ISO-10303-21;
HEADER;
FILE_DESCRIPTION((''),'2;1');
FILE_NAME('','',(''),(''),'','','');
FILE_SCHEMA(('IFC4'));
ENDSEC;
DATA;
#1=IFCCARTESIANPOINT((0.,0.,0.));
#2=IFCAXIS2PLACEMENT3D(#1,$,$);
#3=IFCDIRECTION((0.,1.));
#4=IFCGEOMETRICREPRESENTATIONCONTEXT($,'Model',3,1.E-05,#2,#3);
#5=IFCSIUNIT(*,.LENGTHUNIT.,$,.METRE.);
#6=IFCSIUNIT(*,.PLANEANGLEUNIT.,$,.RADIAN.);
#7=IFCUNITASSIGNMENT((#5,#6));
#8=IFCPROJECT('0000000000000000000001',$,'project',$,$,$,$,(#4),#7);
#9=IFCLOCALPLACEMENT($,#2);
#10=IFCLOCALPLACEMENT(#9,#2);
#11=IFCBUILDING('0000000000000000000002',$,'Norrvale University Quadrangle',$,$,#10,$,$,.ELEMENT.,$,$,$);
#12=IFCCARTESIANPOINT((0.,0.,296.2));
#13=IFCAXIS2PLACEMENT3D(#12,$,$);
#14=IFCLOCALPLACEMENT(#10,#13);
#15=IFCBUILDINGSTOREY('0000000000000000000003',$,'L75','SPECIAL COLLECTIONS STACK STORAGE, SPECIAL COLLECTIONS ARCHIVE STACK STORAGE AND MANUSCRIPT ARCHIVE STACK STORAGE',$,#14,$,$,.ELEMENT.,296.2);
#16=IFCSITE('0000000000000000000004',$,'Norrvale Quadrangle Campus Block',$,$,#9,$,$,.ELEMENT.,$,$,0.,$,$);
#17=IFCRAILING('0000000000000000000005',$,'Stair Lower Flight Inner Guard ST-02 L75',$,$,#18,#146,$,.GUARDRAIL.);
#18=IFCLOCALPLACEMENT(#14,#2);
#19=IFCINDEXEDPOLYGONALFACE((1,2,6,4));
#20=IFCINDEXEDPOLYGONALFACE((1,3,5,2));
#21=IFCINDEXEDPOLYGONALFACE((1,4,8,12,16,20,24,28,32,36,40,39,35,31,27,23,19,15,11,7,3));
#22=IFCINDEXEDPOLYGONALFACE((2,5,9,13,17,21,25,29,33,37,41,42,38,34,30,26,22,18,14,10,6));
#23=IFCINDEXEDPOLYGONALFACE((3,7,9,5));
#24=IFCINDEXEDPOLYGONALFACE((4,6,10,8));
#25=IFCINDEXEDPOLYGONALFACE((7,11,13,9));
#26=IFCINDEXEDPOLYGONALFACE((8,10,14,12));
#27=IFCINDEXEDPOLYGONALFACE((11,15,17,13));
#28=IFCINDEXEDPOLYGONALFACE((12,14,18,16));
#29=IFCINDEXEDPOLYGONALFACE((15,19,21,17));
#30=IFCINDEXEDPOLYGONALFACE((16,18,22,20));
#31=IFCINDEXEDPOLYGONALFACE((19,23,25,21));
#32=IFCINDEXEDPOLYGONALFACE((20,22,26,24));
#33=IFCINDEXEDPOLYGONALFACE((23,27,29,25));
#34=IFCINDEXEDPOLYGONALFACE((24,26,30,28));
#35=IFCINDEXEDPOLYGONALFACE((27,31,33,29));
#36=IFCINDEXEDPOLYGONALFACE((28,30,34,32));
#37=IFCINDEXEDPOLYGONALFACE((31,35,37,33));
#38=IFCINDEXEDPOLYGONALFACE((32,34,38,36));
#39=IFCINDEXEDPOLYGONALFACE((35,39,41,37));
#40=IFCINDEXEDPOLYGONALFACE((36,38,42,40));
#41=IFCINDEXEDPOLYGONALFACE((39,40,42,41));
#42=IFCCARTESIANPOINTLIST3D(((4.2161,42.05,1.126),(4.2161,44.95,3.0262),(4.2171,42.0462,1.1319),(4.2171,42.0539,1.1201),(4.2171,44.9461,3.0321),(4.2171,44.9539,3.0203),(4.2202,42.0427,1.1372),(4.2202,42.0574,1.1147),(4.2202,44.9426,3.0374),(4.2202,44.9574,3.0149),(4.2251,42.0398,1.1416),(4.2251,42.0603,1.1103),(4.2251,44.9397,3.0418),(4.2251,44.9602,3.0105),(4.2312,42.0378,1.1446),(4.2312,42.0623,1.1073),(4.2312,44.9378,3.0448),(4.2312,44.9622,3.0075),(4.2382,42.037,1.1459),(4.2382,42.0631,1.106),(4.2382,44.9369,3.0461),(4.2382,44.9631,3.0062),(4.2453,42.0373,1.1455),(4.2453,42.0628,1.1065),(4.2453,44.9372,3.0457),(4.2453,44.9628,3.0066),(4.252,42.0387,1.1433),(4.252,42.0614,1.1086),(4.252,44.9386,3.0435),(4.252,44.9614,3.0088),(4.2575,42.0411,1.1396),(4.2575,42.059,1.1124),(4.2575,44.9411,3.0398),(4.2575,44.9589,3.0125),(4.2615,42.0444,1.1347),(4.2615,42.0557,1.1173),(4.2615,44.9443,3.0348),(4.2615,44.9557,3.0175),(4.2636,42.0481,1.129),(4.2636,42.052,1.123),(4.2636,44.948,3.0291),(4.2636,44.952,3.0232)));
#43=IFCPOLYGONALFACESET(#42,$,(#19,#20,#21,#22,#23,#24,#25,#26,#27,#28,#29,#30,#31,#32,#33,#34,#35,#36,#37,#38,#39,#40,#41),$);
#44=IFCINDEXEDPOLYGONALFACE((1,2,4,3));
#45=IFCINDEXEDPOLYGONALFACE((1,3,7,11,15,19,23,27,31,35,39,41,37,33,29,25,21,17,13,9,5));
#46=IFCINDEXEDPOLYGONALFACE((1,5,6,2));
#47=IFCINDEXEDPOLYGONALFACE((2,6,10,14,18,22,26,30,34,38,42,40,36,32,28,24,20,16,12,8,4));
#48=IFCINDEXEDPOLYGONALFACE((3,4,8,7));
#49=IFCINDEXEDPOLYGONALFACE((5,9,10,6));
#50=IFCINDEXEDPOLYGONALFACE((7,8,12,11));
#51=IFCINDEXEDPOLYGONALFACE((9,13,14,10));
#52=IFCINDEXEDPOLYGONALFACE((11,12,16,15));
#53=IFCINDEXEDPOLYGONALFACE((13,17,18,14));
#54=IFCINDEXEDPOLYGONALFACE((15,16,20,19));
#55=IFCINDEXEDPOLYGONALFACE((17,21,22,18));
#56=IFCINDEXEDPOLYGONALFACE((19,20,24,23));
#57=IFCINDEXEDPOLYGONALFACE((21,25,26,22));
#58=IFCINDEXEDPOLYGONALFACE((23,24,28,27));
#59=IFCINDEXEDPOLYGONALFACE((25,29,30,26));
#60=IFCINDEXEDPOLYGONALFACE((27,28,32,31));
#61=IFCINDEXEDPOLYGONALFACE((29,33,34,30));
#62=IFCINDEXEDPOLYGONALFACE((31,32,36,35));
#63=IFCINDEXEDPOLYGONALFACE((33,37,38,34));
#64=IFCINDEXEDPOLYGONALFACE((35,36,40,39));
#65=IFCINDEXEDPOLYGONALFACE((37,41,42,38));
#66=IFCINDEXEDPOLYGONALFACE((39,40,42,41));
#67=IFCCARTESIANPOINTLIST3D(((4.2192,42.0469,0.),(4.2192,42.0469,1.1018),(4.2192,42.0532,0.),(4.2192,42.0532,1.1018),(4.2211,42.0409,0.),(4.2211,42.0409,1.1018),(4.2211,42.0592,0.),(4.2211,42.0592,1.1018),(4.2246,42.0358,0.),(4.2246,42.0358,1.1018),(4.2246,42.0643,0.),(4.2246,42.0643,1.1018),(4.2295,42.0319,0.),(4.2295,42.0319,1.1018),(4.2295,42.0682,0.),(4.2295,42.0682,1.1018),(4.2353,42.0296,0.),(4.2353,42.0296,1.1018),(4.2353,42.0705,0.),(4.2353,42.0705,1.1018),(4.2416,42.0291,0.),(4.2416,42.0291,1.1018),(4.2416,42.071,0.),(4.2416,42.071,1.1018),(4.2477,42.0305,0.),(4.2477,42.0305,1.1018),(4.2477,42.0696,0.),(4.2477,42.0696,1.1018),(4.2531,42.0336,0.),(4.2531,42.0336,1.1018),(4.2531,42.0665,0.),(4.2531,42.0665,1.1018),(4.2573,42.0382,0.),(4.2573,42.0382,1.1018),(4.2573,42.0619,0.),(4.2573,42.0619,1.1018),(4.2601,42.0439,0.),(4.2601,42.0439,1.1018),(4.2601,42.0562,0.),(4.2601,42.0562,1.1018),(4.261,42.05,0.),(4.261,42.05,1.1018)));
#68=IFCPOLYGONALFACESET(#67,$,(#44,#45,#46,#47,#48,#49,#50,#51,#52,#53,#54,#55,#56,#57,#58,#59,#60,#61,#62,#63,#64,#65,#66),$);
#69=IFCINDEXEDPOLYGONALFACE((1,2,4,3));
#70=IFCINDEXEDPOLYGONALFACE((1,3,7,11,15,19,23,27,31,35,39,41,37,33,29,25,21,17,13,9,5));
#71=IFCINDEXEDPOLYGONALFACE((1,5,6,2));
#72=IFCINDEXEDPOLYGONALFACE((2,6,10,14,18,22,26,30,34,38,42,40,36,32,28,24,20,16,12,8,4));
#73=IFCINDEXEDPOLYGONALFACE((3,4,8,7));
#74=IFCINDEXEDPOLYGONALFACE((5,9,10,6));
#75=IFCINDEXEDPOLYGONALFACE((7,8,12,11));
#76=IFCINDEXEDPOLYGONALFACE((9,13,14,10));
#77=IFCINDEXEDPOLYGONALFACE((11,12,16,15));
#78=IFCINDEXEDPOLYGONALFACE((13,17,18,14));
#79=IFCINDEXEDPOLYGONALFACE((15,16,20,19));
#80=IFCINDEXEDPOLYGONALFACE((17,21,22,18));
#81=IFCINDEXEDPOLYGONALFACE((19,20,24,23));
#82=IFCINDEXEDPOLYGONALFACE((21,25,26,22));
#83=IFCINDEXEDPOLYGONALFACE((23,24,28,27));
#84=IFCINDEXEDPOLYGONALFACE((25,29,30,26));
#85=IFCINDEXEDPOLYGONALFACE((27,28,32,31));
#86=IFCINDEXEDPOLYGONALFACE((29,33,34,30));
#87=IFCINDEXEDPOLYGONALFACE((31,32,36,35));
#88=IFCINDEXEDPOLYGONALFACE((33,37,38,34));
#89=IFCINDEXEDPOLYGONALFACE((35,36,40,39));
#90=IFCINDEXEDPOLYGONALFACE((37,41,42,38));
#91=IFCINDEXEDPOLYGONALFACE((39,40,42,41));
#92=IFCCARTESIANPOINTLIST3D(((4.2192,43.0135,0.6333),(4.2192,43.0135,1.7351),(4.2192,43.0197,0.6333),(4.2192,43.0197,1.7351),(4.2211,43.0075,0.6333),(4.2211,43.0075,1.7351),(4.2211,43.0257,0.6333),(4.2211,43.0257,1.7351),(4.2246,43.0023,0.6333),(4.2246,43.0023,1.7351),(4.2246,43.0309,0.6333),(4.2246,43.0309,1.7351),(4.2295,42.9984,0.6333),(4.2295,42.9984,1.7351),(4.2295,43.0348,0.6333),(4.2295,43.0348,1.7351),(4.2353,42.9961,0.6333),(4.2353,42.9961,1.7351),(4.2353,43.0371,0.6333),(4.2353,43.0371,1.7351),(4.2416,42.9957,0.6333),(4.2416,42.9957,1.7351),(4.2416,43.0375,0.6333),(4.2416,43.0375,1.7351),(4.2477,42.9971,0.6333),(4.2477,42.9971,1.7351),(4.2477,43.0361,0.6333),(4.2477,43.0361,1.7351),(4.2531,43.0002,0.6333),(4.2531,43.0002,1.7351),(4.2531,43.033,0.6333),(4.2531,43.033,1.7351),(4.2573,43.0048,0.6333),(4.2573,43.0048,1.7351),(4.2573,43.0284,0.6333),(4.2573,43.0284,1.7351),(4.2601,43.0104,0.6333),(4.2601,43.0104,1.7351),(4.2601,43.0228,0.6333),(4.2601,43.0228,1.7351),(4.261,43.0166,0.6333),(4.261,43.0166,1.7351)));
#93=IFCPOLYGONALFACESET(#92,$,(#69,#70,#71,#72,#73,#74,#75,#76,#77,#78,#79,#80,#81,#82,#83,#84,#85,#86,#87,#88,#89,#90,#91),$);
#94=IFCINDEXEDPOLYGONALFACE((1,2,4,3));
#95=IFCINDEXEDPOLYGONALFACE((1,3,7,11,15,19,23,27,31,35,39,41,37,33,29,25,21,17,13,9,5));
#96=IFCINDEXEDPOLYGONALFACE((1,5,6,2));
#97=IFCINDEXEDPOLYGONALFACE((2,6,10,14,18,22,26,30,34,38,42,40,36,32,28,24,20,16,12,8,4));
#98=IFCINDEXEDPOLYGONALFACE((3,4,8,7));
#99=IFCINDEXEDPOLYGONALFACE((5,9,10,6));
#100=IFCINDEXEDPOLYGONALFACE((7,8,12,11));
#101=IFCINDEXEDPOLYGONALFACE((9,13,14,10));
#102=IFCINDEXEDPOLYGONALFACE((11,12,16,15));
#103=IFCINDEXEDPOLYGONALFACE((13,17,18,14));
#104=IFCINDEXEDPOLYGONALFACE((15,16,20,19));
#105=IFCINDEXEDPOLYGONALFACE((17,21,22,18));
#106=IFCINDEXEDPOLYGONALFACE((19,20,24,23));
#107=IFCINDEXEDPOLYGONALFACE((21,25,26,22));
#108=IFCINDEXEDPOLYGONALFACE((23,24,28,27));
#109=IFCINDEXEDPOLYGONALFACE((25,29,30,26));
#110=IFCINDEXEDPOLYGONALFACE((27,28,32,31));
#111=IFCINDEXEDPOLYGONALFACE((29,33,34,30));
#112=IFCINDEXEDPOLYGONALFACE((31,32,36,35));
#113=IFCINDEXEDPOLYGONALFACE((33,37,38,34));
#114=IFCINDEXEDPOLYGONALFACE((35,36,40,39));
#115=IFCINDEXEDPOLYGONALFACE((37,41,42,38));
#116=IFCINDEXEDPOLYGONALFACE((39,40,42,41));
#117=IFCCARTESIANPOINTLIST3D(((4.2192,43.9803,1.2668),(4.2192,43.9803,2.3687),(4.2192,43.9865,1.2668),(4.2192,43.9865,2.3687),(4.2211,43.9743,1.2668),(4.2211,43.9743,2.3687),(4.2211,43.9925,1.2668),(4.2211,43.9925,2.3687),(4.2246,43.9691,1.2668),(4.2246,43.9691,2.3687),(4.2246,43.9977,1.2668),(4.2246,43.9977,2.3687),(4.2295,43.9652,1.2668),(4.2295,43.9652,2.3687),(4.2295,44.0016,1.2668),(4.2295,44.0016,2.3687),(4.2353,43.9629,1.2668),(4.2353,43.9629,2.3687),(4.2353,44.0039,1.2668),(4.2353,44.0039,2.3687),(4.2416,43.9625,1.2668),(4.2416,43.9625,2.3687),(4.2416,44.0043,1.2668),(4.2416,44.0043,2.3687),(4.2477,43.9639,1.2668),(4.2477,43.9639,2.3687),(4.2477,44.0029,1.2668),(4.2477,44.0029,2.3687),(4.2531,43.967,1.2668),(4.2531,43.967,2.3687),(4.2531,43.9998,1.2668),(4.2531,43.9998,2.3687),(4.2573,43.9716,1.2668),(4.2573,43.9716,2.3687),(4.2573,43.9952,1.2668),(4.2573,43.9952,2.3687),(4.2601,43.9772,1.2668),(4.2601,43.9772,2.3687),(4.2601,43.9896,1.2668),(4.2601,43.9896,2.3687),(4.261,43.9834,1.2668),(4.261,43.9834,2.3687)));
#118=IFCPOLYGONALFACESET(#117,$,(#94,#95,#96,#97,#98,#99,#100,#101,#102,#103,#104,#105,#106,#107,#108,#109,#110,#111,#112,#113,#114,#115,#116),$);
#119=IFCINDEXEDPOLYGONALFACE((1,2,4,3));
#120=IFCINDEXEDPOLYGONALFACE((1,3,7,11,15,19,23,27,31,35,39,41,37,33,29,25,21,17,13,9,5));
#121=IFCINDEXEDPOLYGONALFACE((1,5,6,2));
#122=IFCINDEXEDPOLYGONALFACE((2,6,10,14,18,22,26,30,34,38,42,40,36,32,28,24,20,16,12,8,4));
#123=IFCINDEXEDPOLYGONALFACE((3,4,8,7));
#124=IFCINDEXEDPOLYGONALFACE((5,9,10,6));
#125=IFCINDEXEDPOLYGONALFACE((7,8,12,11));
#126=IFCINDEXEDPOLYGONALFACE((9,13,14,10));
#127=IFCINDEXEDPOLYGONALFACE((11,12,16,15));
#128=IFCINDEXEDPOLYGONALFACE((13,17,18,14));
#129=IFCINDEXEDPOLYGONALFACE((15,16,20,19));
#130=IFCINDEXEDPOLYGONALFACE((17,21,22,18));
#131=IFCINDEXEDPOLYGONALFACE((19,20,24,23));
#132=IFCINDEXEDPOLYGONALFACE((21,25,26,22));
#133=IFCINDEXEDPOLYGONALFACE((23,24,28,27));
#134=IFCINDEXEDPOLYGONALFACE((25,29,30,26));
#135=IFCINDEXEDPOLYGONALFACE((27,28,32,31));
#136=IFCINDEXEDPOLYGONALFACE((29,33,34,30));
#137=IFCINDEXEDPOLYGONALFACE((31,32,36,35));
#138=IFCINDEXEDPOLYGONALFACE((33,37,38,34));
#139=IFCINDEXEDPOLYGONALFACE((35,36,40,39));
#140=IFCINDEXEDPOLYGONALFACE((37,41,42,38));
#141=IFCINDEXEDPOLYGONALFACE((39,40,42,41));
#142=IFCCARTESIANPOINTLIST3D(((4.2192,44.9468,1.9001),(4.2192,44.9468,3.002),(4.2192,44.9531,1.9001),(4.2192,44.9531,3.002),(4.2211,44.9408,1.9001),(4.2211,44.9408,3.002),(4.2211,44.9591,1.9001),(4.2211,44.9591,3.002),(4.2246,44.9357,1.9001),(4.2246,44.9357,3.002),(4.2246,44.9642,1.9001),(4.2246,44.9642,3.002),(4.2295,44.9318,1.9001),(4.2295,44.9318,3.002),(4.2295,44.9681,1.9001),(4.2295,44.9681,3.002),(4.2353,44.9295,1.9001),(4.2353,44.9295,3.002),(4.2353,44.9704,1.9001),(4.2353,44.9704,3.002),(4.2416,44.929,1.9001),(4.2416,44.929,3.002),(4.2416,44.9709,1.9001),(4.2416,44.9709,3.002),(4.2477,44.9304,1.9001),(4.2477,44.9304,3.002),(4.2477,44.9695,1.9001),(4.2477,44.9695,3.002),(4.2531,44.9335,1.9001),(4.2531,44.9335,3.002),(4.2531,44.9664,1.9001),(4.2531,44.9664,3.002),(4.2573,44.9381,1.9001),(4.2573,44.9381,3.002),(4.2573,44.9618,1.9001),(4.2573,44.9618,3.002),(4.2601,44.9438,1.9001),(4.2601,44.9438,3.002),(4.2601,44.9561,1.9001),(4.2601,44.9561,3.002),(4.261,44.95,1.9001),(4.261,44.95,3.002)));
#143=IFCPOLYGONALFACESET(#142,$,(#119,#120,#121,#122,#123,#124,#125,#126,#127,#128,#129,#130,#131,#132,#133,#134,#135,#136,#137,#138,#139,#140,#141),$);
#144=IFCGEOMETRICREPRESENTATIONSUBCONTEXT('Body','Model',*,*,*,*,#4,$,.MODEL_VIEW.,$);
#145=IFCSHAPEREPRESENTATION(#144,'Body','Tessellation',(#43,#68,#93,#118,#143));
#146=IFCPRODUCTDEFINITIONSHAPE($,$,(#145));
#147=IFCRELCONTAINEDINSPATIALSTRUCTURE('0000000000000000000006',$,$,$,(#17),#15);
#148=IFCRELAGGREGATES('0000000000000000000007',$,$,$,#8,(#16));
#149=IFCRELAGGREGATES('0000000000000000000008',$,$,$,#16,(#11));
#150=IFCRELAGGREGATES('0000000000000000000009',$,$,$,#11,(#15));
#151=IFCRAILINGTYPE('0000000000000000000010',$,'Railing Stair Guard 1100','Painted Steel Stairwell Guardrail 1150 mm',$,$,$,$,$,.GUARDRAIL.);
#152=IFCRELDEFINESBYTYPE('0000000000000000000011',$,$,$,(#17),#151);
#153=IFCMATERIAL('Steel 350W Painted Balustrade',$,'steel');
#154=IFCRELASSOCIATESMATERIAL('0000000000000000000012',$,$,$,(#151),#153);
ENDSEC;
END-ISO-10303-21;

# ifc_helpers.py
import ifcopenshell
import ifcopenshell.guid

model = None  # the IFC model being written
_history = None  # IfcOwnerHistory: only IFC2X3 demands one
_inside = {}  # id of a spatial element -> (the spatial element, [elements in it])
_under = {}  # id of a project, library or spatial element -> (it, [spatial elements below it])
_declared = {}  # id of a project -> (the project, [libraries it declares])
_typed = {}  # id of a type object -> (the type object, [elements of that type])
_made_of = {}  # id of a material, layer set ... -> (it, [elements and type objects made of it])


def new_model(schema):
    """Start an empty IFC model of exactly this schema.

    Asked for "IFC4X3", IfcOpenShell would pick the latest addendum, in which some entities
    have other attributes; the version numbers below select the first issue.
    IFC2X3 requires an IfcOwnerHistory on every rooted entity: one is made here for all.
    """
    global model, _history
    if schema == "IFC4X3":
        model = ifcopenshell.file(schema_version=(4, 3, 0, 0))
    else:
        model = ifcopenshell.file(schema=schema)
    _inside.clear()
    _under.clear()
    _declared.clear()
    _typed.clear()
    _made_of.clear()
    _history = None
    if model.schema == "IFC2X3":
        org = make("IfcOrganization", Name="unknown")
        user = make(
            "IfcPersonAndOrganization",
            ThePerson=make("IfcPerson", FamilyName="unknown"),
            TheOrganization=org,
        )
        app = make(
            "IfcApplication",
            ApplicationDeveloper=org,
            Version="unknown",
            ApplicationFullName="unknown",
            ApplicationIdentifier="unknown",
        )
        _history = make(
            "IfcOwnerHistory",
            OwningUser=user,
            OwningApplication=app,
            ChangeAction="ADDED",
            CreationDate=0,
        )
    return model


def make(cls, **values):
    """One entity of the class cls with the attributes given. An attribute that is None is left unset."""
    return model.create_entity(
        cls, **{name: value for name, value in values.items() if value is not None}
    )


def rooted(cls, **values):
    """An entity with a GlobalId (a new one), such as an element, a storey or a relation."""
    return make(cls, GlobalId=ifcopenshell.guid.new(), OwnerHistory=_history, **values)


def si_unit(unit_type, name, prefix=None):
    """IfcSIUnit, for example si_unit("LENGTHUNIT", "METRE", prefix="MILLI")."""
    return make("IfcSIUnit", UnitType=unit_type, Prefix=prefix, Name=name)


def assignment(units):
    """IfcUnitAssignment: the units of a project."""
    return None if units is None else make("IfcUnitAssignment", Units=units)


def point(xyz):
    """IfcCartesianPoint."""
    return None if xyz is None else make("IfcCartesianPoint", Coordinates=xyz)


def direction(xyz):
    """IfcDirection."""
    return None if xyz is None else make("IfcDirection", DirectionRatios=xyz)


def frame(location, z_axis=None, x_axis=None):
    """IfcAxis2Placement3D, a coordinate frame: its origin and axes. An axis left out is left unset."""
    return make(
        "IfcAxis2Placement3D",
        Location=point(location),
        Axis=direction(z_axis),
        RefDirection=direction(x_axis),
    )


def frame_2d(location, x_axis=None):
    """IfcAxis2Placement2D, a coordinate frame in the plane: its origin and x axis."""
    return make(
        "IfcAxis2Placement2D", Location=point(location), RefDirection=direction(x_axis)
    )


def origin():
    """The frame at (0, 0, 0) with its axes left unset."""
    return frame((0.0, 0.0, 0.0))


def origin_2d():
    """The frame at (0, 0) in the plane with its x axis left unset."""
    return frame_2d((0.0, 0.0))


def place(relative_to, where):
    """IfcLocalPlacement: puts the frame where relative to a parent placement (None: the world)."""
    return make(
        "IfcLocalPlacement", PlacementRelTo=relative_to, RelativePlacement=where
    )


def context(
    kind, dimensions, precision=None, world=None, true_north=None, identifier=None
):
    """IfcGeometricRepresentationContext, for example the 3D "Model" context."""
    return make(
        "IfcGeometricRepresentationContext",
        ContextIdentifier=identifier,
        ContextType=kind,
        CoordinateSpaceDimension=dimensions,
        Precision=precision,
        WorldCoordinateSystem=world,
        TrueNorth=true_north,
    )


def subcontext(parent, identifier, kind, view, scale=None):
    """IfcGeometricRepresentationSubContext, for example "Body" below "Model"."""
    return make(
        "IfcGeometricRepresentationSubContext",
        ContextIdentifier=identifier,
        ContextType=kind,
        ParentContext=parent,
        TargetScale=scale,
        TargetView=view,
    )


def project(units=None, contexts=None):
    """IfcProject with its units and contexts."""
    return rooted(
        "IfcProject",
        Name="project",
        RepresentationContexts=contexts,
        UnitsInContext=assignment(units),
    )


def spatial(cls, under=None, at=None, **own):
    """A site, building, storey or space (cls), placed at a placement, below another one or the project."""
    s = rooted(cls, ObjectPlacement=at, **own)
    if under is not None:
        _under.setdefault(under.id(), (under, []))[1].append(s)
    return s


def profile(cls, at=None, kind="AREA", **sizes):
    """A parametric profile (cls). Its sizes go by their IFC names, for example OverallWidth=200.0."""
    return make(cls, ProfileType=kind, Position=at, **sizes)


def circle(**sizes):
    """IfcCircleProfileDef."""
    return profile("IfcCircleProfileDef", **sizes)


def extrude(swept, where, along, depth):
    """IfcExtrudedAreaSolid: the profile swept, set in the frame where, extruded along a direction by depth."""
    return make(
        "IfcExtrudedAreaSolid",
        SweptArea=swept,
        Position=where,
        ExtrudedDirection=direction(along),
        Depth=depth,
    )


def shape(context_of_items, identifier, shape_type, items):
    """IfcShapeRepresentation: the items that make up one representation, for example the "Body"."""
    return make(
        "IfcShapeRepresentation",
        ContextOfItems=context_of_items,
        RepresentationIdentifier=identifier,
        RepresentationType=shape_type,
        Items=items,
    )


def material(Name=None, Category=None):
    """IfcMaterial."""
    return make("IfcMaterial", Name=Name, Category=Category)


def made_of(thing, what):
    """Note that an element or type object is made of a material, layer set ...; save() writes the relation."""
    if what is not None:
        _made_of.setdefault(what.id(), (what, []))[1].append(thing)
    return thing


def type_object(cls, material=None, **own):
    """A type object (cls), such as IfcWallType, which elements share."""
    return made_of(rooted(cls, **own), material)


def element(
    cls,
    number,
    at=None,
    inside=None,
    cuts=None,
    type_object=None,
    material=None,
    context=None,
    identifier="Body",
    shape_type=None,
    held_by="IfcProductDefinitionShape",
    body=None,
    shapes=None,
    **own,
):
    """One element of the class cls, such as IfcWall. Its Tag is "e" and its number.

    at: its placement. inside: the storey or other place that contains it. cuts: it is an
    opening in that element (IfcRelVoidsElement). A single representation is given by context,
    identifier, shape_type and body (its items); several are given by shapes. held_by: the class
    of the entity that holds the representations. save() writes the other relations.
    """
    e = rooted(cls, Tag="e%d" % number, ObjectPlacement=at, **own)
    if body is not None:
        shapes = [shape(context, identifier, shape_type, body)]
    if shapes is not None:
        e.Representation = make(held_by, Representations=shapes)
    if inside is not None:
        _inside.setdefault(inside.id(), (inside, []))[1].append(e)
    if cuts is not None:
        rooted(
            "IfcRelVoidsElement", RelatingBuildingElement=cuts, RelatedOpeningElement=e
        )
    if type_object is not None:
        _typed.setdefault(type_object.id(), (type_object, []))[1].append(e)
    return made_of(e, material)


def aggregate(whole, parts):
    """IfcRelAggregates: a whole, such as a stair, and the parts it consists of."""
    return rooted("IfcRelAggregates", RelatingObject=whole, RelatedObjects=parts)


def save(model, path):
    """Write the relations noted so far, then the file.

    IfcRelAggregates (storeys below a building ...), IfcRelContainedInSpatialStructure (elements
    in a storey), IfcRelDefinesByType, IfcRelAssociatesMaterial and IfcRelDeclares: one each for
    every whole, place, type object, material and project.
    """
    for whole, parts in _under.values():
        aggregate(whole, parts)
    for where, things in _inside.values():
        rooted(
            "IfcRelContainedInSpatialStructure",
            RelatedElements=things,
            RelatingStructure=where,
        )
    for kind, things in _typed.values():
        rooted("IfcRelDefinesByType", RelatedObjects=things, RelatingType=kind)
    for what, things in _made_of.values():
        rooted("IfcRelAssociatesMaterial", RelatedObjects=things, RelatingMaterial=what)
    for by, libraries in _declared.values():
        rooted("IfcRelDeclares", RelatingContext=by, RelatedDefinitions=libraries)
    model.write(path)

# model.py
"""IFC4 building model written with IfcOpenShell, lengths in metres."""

from ifc_helpers import new_model, si_unit, direction, frame, origin, origin_2d, place, context, subcontext, project, spatial, circle, extrude, material, type_object, element, save


model = new_model("IFC4")

# Units and contexts
model_context = context("Model", 3, precision=1e-05, world=origin(), true_north=direction((0.0, 1.0)))
body_context = subcontext(model_context, "Body", "Model", "MODEL_VIEW")
ifc_project = project(units=[si_unit("LENGTHUNIT", "METRE"), si_unit("PLANEANGLEUNIT", "RADIAN")], contexts=[model_context])

# Site, building, storey
site_placement = place(None, origin())
site = spatial("IfcSite", under=ifc_project, at=site_placement, Name="Norrvale Quadrangle Campus Block", CompositionType="ELEMENT", RefElevation=0.0)
building_placement = place(site_placement, origin())
building = spatial("IfcBuilding", under=site, at=building_placement, Name="Norrvale University Quadrangle", CompositionType="ELEMENT")
storey_placement = place(building_placement, frame((0.0, 0.0, 296.2)))
storey = spatial("IfcBuildingStorey", under=building, at=storey_placement, Name="L75", Description="SPECIAL COLLECTIONS STACK STORAGE, SPECIAL COLLECTIONS ARCHIVE STACK STORAGE AND MANUSCRIPT ARCHIVE STACK STORAGE", CompositionType="ELEMENT", Elevation=296.2)

# Railing
ifc_material_1 = material(Name="Steel 350W Painted Balustrade", Category="steel")
railing_type_1 = type_object("IfcRailingType", Name="Railing Stair Guard 1100", Description="Painted Steel Stairwell Guardrail 1150 mm", PredefinedType="GUARDRAIL", material=ifc_material_1)
railing_1_placement = place(storey_placement, frame((4.24, 42.05, 0.0)))
element("IfcRailing", 1, at=railing_1_placement, inside=storey, type_object=railing_type_1, Name="Stair Lower Flight Inner Guard ST-02 L75", PredefinedType="GUARDRAIL", context=body_context, shape_type="SweptSolid", body=[
    extrude(circle(Radius=0.0239, at=origin_2d()), frame((0.0, 0.0, 1.126), z_axis=(0.0, 0.836433, 0.548069), x_axis=(-1.0, 0.0, 0.0)), (0.0, 0.0, 1.0), 3.467),
    extrude(circle(Radius=0.021, at=origin_2d()), origin(), (0.0, 0.0, 1.0), 1.1018),
    extrude(circle(Radius=0.021, at=origin_2d()), frame((0.0, 0.9666, 0.6333)), (0.0, 0.0, 1.0), 1.1018),
    extrude(circle(Radius=0.021, at=origin_2d()), frame((0.0, 1.9333, 1.2668)), (0.0, 0.0, 1.0), 1.1018),
    extrude(circle(Radius=0.021, at=origin_2d()), frame((0.0, 2.8999, 1.9001)), (0.0, 0.0, 1.0), 1.1018),
])

save(model, "model.ifc")
